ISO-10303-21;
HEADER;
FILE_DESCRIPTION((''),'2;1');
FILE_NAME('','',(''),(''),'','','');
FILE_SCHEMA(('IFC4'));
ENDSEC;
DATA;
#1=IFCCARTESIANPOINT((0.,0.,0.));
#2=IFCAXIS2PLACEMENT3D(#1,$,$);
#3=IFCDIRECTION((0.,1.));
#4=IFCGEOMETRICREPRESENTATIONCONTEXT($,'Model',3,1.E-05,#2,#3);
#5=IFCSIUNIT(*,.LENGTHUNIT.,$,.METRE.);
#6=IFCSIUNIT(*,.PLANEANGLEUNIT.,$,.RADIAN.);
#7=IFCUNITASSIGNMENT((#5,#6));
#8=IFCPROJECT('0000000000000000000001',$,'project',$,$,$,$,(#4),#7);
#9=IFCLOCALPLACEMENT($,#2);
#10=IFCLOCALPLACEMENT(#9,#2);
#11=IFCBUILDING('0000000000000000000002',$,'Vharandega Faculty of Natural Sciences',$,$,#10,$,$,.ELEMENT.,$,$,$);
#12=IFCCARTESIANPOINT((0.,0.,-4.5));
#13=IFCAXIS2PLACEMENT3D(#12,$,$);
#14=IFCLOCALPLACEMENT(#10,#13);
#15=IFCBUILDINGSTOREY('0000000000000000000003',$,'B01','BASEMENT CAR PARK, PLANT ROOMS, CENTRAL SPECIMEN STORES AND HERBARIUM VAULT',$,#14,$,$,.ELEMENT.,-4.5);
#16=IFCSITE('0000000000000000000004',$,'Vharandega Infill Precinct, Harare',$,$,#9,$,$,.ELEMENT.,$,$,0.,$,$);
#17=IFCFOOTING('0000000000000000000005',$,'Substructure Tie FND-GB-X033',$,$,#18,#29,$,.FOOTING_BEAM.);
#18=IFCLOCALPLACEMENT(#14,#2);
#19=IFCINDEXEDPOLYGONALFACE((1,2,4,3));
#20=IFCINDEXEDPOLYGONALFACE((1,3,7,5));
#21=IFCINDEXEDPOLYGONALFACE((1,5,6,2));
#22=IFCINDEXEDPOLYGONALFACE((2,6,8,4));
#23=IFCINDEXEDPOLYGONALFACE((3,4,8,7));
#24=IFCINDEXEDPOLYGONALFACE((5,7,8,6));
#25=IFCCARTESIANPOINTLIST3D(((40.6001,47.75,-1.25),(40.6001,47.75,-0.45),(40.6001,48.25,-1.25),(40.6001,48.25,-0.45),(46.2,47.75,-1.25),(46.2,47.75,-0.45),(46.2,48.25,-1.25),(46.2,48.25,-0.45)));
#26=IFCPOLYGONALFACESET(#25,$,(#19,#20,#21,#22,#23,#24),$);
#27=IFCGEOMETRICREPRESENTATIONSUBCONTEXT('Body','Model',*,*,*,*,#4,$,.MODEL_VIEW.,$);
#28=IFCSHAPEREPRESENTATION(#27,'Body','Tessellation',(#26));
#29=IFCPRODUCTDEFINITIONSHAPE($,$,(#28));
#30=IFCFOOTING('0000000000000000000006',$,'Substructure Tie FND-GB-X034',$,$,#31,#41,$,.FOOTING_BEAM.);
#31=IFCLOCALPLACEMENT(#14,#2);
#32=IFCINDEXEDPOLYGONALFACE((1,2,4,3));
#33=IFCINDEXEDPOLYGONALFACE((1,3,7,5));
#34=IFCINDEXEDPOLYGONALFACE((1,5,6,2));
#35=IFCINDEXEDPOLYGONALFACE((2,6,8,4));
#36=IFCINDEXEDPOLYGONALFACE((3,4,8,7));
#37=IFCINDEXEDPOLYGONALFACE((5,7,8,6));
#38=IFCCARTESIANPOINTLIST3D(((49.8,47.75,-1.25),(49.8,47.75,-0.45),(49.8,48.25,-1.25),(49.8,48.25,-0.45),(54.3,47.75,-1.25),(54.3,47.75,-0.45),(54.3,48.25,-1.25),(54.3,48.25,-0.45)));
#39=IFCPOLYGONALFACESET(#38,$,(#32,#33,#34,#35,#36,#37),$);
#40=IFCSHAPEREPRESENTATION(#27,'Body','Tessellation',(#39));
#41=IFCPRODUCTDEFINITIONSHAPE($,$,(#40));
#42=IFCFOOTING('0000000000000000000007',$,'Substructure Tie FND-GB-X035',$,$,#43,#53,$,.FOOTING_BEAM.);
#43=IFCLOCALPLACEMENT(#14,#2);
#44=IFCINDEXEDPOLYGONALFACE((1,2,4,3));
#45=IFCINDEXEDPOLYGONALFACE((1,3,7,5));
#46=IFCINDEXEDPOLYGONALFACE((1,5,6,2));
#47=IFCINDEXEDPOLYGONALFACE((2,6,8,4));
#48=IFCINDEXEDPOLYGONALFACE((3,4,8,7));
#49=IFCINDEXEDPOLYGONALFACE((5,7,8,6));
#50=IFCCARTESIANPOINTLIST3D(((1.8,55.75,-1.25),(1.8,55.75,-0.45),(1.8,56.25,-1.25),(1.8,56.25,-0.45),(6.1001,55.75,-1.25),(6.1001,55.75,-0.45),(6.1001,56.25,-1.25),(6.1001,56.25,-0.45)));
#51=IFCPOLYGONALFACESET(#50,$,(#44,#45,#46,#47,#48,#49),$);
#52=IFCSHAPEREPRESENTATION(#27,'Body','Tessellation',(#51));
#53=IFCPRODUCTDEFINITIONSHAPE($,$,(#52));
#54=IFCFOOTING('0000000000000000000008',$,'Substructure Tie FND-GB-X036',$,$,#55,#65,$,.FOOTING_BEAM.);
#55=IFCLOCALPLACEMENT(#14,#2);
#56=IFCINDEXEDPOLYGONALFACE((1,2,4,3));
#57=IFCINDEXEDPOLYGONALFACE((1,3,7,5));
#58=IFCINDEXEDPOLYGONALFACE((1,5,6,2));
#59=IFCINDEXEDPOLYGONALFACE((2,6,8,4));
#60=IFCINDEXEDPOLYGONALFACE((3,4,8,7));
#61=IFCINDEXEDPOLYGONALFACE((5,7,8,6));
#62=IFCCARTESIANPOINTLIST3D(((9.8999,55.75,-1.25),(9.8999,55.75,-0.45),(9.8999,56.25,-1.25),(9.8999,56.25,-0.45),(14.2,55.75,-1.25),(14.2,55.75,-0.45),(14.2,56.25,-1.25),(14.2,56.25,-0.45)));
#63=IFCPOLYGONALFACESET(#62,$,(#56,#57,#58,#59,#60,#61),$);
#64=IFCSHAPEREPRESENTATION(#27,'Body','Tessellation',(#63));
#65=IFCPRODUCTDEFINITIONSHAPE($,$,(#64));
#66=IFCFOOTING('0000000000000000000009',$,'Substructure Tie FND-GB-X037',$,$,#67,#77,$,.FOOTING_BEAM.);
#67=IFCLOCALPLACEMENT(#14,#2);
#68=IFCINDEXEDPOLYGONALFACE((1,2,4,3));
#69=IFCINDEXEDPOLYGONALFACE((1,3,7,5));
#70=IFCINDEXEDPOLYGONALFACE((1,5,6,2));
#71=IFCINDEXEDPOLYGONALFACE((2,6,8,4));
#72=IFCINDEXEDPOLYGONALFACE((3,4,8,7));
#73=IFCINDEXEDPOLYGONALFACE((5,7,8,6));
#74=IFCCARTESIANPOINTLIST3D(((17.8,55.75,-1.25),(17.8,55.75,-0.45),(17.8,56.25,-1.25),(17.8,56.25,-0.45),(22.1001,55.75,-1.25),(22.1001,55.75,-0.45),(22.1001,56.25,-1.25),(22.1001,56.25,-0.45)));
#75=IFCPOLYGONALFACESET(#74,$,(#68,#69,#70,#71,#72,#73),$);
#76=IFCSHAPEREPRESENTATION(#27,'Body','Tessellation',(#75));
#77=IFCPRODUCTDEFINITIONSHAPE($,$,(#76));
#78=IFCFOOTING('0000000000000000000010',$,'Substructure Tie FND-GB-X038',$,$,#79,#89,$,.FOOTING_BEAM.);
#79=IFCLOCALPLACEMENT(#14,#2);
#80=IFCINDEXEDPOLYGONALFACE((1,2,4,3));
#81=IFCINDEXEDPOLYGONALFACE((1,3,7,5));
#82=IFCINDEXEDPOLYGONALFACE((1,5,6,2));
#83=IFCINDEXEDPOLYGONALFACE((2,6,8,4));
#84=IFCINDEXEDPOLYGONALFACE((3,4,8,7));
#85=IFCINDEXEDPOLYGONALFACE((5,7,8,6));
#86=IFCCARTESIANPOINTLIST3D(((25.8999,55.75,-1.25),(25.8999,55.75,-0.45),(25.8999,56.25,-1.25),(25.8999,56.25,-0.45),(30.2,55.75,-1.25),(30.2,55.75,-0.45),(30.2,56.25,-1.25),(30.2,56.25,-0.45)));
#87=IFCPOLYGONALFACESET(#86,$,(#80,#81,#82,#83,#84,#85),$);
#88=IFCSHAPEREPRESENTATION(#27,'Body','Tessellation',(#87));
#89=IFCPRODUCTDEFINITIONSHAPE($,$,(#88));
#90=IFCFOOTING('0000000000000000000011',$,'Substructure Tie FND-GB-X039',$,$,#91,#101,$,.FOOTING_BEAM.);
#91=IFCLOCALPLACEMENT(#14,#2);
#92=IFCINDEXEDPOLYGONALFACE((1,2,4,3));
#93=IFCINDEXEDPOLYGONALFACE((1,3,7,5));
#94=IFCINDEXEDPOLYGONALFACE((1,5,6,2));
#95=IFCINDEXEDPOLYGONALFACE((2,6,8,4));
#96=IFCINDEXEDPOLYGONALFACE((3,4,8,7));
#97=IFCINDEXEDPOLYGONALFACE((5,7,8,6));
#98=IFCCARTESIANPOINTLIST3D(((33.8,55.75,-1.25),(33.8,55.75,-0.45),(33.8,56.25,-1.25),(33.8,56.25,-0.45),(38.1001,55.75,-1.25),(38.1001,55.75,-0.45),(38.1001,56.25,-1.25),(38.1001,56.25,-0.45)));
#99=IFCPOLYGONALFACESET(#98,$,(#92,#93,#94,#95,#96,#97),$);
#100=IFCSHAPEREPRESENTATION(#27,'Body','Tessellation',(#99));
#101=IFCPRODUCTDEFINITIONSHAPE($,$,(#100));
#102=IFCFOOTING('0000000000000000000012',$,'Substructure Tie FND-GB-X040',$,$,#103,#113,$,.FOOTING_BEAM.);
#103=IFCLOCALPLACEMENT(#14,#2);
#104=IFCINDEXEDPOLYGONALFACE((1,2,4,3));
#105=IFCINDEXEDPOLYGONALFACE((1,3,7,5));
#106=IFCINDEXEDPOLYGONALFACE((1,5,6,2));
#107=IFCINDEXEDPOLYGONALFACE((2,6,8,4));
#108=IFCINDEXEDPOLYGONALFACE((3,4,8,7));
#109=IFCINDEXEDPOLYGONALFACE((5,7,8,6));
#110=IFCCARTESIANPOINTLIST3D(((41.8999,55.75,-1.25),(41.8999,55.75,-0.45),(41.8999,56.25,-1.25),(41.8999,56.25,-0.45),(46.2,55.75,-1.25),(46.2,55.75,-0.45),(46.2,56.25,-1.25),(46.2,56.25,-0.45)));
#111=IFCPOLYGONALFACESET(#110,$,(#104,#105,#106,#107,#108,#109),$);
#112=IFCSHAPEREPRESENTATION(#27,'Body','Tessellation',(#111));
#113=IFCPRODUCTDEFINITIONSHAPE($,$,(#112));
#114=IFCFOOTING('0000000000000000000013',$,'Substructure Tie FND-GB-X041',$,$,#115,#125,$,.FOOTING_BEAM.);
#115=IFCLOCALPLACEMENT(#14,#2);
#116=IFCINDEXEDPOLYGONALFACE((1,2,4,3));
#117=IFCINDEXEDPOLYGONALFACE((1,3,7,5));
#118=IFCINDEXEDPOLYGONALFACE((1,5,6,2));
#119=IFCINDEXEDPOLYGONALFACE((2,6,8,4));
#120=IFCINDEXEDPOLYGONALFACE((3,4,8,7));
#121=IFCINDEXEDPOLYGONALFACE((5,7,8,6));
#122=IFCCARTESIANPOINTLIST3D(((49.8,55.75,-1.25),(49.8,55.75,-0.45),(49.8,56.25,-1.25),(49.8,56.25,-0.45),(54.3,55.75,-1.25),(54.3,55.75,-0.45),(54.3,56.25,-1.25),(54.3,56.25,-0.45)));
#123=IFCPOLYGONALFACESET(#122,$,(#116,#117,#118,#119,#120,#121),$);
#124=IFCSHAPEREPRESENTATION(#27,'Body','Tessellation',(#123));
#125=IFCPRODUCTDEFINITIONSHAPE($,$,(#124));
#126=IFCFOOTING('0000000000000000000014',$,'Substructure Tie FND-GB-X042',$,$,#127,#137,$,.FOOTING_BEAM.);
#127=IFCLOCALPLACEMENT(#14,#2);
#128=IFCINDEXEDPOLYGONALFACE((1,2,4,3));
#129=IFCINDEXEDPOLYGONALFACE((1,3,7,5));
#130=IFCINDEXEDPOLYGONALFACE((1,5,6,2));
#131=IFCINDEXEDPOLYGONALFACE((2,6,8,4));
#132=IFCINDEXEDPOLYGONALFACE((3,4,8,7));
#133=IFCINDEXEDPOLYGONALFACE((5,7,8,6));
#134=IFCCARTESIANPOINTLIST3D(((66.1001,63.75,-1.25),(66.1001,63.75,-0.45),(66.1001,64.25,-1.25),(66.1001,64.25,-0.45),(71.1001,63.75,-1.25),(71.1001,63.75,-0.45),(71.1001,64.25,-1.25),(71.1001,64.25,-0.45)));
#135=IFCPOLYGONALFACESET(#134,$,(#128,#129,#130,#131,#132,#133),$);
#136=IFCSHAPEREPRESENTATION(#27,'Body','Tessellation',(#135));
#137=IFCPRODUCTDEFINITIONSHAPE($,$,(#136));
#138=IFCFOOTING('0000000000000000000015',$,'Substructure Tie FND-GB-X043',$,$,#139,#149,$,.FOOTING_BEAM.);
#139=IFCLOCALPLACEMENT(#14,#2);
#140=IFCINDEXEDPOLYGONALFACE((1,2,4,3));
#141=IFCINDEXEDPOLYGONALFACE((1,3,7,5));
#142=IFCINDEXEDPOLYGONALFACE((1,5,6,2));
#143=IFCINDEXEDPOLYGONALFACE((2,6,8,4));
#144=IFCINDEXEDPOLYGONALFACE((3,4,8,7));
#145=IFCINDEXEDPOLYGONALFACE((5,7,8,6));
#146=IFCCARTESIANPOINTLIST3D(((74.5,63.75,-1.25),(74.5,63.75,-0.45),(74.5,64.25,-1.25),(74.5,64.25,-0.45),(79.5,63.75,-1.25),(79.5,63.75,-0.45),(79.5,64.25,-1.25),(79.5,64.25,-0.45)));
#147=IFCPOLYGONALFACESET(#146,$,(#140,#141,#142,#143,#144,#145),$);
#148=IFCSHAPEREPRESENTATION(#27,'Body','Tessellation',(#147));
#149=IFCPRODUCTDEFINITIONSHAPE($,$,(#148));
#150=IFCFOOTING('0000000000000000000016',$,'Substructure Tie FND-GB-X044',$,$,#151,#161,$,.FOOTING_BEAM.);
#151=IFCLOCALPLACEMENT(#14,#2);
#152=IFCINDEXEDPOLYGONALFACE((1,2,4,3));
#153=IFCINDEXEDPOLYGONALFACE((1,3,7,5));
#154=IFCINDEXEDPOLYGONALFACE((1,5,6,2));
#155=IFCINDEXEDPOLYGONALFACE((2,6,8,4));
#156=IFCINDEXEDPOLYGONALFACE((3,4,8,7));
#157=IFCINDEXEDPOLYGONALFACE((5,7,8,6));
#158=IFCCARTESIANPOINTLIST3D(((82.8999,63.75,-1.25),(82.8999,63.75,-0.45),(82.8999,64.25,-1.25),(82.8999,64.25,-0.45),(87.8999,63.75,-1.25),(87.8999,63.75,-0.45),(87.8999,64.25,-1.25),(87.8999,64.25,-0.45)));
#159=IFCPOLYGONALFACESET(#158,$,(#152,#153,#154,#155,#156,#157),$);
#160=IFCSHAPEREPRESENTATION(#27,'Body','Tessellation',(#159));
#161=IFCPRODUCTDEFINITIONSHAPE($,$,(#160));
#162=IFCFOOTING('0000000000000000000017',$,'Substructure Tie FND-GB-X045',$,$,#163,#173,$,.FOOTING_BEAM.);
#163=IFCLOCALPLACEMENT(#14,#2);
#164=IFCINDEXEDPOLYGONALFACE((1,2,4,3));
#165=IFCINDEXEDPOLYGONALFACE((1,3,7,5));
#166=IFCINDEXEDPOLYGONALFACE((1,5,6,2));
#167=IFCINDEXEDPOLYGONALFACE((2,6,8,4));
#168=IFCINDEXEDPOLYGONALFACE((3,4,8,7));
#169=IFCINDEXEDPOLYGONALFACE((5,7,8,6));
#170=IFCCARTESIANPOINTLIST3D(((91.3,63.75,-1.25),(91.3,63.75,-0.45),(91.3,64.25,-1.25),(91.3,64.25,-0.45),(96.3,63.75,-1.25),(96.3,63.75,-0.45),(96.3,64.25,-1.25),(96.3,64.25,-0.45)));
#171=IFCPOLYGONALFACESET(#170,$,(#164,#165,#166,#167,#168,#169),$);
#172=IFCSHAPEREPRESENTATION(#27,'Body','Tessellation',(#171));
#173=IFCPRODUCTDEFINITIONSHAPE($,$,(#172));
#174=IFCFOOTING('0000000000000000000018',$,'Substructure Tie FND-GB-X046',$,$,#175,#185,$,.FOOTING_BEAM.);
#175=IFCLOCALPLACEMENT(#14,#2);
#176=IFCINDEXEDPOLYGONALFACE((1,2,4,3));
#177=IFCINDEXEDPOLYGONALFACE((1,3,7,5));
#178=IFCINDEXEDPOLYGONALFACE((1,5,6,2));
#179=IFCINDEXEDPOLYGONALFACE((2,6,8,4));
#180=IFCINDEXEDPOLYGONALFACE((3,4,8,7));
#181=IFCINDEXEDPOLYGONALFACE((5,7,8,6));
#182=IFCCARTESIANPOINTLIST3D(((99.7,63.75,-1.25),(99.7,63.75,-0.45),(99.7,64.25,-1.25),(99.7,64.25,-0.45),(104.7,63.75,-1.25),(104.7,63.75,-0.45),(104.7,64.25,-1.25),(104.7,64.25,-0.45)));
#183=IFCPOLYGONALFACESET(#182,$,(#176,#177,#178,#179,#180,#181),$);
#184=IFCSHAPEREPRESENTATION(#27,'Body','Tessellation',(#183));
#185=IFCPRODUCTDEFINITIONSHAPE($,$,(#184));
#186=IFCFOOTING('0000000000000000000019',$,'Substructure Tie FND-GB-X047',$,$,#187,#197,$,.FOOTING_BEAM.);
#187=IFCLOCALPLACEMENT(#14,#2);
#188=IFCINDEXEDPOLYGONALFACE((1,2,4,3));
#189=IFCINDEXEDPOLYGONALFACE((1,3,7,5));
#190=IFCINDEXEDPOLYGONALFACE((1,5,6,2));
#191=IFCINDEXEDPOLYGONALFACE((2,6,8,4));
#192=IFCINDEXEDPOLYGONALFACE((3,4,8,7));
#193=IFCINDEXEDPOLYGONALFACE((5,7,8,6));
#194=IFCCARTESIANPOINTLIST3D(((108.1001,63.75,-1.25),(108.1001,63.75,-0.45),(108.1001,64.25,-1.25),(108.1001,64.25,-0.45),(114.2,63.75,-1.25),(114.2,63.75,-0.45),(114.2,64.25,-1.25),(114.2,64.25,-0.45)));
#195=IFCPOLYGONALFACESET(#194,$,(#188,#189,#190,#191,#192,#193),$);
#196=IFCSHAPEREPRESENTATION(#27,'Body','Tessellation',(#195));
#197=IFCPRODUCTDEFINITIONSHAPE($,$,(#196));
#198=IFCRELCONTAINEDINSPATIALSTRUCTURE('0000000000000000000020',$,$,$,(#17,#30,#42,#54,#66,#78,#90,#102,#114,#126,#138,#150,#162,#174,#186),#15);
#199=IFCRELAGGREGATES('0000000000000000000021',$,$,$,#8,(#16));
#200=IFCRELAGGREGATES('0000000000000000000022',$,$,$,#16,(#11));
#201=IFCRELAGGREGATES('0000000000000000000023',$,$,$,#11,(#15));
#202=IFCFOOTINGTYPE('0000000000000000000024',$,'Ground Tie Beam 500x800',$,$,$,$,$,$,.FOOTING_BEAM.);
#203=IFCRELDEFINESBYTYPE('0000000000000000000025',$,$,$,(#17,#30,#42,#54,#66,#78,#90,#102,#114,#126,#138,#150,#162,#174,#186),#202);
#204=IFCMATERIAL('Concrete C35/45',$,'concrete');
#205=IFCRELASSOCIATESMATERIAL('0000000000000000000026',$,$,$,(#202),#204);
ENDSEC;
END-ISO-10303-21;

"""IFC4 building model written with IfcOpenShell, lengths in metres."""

from ifc_helpers import new_model, si_unit, direction, frame, origin, place, context, subcontext, project, spatial, polyline, outline, extrude, material, type_object, element, save


model = new_model("IFC4")

# Units and contexts
model_context = context("Model", 3, precision=1e-05, world=origin(), true_north=direction((0.0, 1.0)))
body_context = subcontext(model_context, "Body", "Model", "MODEL_VIEW")
ifc_project = project(units=[si_unit("LENGTHUNIT", "METRE"), si_unit("PLANEANGLEUNIT", "RADIAN")], contexts=[model_context])

# Site, building, storey
site_placement = place(None, origin())
site = spatial("IfcSite", under=ifc_project, at=site_placement, Name="Vharandega Infill Precinct, Harare", CompositionType="ELEMENT", RefElevation=0.0)
building_placement = place(site_placement, origin())
building = spatial("IfcBuilding", under=site, at=building_placement, Name="Vharandega Faculty of Natural Sciences", CompositionType="ELEMENT")
storey_placement = place(building_placement, frame((0.0, 0.0, -4.5)))
storey = spatial("IfcBuildingStorey", under=building, at=storey_placement, Name="B01", Description="BASEMENT CAR PARK, PLANT ROOMS, CENTRAL SPECIMEN STORES AND HERBARIUM VAULT", CompositionType="ELEMENT", Elevation=-4.5)

# Footings
ifc_material_1 = material(Name="Concrete C35/45", Category="concrete")
footing_type_1 = type_object("IfcFootingType", Name="Ground Tie Beam 500x800", PredefinedType="FOOTING_BEAM", material=ifc_material_1)
footing_1_placement = place(storey_placement, frame((0.0, 0.0, -1.25)))
element("IfcFooting", 1, at=footing_1_placement, inside=storey, type_object=footing_type_1, Name="Substructure Tie FND-GB-X033", PredefinedType="FOOTING_BEAM", context=body_context, shape_type="SweptSolid", body=[
    extrude(outline(polyline([(40.6001, 47.75), (46.2, 47.75), (46.2, 48.25), (40.6001, 48.25), (40.6001, 47.75)])), origin(), (0.0, 0.0, 1.0), 0.8),
])
footing_2_placement = place(storey_placement, frame((0.0, 0.0, -1.25)))
element("IfcFooting", 2, at=footing_2_placement, inside=storey, type_object=footing_type_1, Name="Substructure Tie FND-GB-X034", PredefinedType="FOOTING_BEAM", context=body_context, shape_type="SweptSolid", body=[
    extrude(outline(polyline([(49.8, 47.75), (54.3, 47.75), (54.3, 48.25), (49.8, 48.25), (49.8, 47.75)])), origin(), (0.0, 0.0, 1.0), 0.8),
])
footing_3_placement = place(storey_placement, frame((0.0, 0.0, -1.25)))
element("IfcFooting", 3, at=footing_3_placement, inside=storey, type_object=footing_type_1, Name="Substructure Tie FND-GB-X035", PredefinedType="FOOTING_BEAM", context=body_context, shape_type="SweptSolid", body=[
    extrude(outline(polyline([(1.8, 55.75), (6.1001, 55.75), (6.1001, 56.25), (1.8, 56.25), (1.8, 55.75)])), origin(), (0.0, 0.0, 1.0), 0.8),
])
footing_4_placement = place(storey_placement, frame((0.0, 0.0, -1.25)))
element("IfcFooting", 4, at=footing_4_placement, inside=storey, type_object=footing_type_1, Name="Substructure Tie FND-GB-X036", PredefinedType="FOOTING_BEAM", context=body_context, shape_type="SweptSolid", body=[
    extrude(outline(polyline([(9.8999, 55.75), (14.2, 55.75), (14.2, 56.25), (9.8999, 56.25), (9.8999, 55.75)])), origin(), (0.0, 0.0, 1.0), 0.8),
])
footing_5_placement = place(storey_placement, frame((0.0, 0.0, -1.25)))
element("IfcFooting", 5, at=footing_5_placement, inside=storey, type_object=footing_type_1, Name="Substructure Tie FND-GB-X037", PredefinedType="FOOTING_BEAM", context=body_context, shape_type="SweptSolid", body=[
    extrude(outline(polyline([(17.8, 55.75), (22.1001, 55.75), (22.1001, 56.25), (17.8, 56.25), (17.8, 55.75)])), origin(), (0.0, 0.0, 1.0), 0.8),
])
footing_6_placement = place(storey_placement, frame((0.0, 0.0, -1.25)))
element("IfcFooting", 6, at=footing_6_placement, inside=storey, type_object=footing_type_1, Name="Substructure Tie FND-GB-X038", PredefinedType="FOOTING_BEAM", context=body_context, shape_type="SweptSolid", body=[
    extrude(outline(polyline([(25.8999, 55.75), (30.2, 55.75), (30.2, 56.25), (25.8999, 56.25), (25.8999, 55.75)])), origin(), (0.0, 0.0, 1.0), 0.8),
])
footing_7_placement = place(storey_placement, frame((0.0, 0.0, -1.25)))
element("IfcFooting", 7, at=footing_7_placement, inside=storey, type_object=footing_type_1, Name="Substructure Tie FND-GB-X039", PredefinedType="FOOTING_BEAM", context=body_context, shape_type="SweptSolid", body=[
    extrude(outline(polyline([(33.8, 55.75), (38.1001, 55.75), (38.1001, 56.25), (33.8, 56.25), (33.8, 55.75)])), origin(), (0.0, 0.0, 1.0), 0.8),
])
footing_8_placement = place(storey_placement, frame((0.0, 0.0, -1.25)))
element("IfcFooting", 8, at=footing_8_placement, inside=storey, type_object=footing_type_1, Name="Substructure Tie FND-GB-X040", PredefinedType="FOOTING_BEAM", context=body_context, shape_type="SweptSolid", body=[
    extrude(outline(polyline([(41.8999, 55.75), (46.2, 55.75), (46.2, 56.25), (41.8999, 56.25), (41.8999, 55.75)])), origin(), (0.0, 0.0, 1.0), 0.8),
])
footing_9_placement = place(storey_placement, frame((0.0, 0.0, -1.25)))
element("IfcFooting", 9, at=footing_9_placement, inside=storey, type_object=footing_type_1, Name="Substructure Tie FND-GB-X041", PredefinedType="FOOTING_BEAM", context=body_context, shape_type="SweptSolid", body=[
    extrude(outline(polyline([(49.8, 55.75), (54.3, 55.75), (54.3, 56.25), (49.8, 56.25), (49.8, 55.75)])), origin(), (0.0, 0.0, 1.0), 0.8),
])
footing_10_placement = place(storey_placement, frame((0.0, 0.0, -1.25)))
element("IfcFooting", 10, at=footing_10_placement, inside=storey, type_object=footing_type_1, Name="Substructure Tie FND-GB-X042", PredefinedType="FOOTING_BEAM", context=body_context, shape_type="SweptSolid", body=[
    extrude(outline(polyline([(66.1001, 63.75), (71.1001, 63.75), (71.1001, 64.25), (66.1001, 64.25), (66.1001, 63.75)])), origin(), (0.0, 0.0, 1.0), 0.8),
])
footing_11_placement = place(storey_placement, frame((0.0, 0.0, -1.25)))
element("IfcFooting", 11, at=footing_11_placement, inside=storey, type_object=footing_type_1, Name="Substructure Tie FND-GB-X043", PredefinedType="FOOTING_BEAM", context=body_context, shape_type="SweptSolid", body=[
    extrude(outline(polyline([(74.5, 63.75), (79.5, 63.75), (79.5, 64.25), (74.5, 64.25), (74.5, 63.75)])), origin(), (0.0, 0.0, 1.0), 0.8),
])
footing_12_placement = place(storey_placement, frame((0.0, 0.0, -1.25)))
element("IfcFooting", 12, at=footing_12_placement, inside=storey, type_object=footing_type_1, Name="Substructure Tie FND-GB-X044", PredefinedType="FOOTING_BEAM", context=body_context, shape_type="SweptSolid", body=[
    extrude(outline(polyline([(82.8999, 63.75), (87.8999, 63.75), (87.8999, 64.25), (82.8999, 64.25), (82.8999, 63.75)])), origin(), (0.0, 0.0, 1.0), 0.8),
])
footing_13_placement = place(storey_placement, frame((0.0, 0.0, -1.25)))
element("IfcFooting", 13, at=footing_13_placement, inside=storey, type_object=footing_type_1, Name="Substructure Tie FND-GB-X045", PredefinedType="FOOTING_BEAM", context=body_context, shape_type="SweptSolid", body=[
    extrude(outline(polyline([(91.3, 63.75), (96.3, 63.75), (96.3, 64.25), (91.3, 64.25), (91.3, 63.75)])), origin(), (0.0, 0.0, 1.0), 0.8),
])
footing_14_placement = place(storey_placement, frame((0.0, 0.0, -1.25)))
element("IfcFooting", 14, at=footing_14_placement, inside=storey, type_object=footing_type_1, Name="Substructure Tie FND-GB-X046", PredefinedType="FOOTING_BEAM", context=body_context, shape_type="SweptSolid", body=[
    extrude(outline(polyline([(99.7, 63.75), (104.7, 63.75), (104.7, 64.25), (99.7, 64.25), (99.7, 63.75)])), origin(), (0.0, 0.0, 1.0), 0.8),
])
footing_15_placement = place(storey_placement, frame((0.0, 0.0, -1.25)))
element("IfcFooting", 15, at=footing_15_placement, inside=storey, type_object=footing_type_1, Name="Substructure Tie FND-GB-X047", PredefinedType="FOOTING_BEAM", context=body_context, shape_type="SweptSolid", body=[
    extrude(outline(polyline([(108.1001, 63.75), (114.2, 63.75), (114.2, 64.25), (108.1001, 64.25), (108.1001, 63.75)])), origin(), (0.0, 0.0, 1.0), 0.8),
])

save(model, "model.ifc")
